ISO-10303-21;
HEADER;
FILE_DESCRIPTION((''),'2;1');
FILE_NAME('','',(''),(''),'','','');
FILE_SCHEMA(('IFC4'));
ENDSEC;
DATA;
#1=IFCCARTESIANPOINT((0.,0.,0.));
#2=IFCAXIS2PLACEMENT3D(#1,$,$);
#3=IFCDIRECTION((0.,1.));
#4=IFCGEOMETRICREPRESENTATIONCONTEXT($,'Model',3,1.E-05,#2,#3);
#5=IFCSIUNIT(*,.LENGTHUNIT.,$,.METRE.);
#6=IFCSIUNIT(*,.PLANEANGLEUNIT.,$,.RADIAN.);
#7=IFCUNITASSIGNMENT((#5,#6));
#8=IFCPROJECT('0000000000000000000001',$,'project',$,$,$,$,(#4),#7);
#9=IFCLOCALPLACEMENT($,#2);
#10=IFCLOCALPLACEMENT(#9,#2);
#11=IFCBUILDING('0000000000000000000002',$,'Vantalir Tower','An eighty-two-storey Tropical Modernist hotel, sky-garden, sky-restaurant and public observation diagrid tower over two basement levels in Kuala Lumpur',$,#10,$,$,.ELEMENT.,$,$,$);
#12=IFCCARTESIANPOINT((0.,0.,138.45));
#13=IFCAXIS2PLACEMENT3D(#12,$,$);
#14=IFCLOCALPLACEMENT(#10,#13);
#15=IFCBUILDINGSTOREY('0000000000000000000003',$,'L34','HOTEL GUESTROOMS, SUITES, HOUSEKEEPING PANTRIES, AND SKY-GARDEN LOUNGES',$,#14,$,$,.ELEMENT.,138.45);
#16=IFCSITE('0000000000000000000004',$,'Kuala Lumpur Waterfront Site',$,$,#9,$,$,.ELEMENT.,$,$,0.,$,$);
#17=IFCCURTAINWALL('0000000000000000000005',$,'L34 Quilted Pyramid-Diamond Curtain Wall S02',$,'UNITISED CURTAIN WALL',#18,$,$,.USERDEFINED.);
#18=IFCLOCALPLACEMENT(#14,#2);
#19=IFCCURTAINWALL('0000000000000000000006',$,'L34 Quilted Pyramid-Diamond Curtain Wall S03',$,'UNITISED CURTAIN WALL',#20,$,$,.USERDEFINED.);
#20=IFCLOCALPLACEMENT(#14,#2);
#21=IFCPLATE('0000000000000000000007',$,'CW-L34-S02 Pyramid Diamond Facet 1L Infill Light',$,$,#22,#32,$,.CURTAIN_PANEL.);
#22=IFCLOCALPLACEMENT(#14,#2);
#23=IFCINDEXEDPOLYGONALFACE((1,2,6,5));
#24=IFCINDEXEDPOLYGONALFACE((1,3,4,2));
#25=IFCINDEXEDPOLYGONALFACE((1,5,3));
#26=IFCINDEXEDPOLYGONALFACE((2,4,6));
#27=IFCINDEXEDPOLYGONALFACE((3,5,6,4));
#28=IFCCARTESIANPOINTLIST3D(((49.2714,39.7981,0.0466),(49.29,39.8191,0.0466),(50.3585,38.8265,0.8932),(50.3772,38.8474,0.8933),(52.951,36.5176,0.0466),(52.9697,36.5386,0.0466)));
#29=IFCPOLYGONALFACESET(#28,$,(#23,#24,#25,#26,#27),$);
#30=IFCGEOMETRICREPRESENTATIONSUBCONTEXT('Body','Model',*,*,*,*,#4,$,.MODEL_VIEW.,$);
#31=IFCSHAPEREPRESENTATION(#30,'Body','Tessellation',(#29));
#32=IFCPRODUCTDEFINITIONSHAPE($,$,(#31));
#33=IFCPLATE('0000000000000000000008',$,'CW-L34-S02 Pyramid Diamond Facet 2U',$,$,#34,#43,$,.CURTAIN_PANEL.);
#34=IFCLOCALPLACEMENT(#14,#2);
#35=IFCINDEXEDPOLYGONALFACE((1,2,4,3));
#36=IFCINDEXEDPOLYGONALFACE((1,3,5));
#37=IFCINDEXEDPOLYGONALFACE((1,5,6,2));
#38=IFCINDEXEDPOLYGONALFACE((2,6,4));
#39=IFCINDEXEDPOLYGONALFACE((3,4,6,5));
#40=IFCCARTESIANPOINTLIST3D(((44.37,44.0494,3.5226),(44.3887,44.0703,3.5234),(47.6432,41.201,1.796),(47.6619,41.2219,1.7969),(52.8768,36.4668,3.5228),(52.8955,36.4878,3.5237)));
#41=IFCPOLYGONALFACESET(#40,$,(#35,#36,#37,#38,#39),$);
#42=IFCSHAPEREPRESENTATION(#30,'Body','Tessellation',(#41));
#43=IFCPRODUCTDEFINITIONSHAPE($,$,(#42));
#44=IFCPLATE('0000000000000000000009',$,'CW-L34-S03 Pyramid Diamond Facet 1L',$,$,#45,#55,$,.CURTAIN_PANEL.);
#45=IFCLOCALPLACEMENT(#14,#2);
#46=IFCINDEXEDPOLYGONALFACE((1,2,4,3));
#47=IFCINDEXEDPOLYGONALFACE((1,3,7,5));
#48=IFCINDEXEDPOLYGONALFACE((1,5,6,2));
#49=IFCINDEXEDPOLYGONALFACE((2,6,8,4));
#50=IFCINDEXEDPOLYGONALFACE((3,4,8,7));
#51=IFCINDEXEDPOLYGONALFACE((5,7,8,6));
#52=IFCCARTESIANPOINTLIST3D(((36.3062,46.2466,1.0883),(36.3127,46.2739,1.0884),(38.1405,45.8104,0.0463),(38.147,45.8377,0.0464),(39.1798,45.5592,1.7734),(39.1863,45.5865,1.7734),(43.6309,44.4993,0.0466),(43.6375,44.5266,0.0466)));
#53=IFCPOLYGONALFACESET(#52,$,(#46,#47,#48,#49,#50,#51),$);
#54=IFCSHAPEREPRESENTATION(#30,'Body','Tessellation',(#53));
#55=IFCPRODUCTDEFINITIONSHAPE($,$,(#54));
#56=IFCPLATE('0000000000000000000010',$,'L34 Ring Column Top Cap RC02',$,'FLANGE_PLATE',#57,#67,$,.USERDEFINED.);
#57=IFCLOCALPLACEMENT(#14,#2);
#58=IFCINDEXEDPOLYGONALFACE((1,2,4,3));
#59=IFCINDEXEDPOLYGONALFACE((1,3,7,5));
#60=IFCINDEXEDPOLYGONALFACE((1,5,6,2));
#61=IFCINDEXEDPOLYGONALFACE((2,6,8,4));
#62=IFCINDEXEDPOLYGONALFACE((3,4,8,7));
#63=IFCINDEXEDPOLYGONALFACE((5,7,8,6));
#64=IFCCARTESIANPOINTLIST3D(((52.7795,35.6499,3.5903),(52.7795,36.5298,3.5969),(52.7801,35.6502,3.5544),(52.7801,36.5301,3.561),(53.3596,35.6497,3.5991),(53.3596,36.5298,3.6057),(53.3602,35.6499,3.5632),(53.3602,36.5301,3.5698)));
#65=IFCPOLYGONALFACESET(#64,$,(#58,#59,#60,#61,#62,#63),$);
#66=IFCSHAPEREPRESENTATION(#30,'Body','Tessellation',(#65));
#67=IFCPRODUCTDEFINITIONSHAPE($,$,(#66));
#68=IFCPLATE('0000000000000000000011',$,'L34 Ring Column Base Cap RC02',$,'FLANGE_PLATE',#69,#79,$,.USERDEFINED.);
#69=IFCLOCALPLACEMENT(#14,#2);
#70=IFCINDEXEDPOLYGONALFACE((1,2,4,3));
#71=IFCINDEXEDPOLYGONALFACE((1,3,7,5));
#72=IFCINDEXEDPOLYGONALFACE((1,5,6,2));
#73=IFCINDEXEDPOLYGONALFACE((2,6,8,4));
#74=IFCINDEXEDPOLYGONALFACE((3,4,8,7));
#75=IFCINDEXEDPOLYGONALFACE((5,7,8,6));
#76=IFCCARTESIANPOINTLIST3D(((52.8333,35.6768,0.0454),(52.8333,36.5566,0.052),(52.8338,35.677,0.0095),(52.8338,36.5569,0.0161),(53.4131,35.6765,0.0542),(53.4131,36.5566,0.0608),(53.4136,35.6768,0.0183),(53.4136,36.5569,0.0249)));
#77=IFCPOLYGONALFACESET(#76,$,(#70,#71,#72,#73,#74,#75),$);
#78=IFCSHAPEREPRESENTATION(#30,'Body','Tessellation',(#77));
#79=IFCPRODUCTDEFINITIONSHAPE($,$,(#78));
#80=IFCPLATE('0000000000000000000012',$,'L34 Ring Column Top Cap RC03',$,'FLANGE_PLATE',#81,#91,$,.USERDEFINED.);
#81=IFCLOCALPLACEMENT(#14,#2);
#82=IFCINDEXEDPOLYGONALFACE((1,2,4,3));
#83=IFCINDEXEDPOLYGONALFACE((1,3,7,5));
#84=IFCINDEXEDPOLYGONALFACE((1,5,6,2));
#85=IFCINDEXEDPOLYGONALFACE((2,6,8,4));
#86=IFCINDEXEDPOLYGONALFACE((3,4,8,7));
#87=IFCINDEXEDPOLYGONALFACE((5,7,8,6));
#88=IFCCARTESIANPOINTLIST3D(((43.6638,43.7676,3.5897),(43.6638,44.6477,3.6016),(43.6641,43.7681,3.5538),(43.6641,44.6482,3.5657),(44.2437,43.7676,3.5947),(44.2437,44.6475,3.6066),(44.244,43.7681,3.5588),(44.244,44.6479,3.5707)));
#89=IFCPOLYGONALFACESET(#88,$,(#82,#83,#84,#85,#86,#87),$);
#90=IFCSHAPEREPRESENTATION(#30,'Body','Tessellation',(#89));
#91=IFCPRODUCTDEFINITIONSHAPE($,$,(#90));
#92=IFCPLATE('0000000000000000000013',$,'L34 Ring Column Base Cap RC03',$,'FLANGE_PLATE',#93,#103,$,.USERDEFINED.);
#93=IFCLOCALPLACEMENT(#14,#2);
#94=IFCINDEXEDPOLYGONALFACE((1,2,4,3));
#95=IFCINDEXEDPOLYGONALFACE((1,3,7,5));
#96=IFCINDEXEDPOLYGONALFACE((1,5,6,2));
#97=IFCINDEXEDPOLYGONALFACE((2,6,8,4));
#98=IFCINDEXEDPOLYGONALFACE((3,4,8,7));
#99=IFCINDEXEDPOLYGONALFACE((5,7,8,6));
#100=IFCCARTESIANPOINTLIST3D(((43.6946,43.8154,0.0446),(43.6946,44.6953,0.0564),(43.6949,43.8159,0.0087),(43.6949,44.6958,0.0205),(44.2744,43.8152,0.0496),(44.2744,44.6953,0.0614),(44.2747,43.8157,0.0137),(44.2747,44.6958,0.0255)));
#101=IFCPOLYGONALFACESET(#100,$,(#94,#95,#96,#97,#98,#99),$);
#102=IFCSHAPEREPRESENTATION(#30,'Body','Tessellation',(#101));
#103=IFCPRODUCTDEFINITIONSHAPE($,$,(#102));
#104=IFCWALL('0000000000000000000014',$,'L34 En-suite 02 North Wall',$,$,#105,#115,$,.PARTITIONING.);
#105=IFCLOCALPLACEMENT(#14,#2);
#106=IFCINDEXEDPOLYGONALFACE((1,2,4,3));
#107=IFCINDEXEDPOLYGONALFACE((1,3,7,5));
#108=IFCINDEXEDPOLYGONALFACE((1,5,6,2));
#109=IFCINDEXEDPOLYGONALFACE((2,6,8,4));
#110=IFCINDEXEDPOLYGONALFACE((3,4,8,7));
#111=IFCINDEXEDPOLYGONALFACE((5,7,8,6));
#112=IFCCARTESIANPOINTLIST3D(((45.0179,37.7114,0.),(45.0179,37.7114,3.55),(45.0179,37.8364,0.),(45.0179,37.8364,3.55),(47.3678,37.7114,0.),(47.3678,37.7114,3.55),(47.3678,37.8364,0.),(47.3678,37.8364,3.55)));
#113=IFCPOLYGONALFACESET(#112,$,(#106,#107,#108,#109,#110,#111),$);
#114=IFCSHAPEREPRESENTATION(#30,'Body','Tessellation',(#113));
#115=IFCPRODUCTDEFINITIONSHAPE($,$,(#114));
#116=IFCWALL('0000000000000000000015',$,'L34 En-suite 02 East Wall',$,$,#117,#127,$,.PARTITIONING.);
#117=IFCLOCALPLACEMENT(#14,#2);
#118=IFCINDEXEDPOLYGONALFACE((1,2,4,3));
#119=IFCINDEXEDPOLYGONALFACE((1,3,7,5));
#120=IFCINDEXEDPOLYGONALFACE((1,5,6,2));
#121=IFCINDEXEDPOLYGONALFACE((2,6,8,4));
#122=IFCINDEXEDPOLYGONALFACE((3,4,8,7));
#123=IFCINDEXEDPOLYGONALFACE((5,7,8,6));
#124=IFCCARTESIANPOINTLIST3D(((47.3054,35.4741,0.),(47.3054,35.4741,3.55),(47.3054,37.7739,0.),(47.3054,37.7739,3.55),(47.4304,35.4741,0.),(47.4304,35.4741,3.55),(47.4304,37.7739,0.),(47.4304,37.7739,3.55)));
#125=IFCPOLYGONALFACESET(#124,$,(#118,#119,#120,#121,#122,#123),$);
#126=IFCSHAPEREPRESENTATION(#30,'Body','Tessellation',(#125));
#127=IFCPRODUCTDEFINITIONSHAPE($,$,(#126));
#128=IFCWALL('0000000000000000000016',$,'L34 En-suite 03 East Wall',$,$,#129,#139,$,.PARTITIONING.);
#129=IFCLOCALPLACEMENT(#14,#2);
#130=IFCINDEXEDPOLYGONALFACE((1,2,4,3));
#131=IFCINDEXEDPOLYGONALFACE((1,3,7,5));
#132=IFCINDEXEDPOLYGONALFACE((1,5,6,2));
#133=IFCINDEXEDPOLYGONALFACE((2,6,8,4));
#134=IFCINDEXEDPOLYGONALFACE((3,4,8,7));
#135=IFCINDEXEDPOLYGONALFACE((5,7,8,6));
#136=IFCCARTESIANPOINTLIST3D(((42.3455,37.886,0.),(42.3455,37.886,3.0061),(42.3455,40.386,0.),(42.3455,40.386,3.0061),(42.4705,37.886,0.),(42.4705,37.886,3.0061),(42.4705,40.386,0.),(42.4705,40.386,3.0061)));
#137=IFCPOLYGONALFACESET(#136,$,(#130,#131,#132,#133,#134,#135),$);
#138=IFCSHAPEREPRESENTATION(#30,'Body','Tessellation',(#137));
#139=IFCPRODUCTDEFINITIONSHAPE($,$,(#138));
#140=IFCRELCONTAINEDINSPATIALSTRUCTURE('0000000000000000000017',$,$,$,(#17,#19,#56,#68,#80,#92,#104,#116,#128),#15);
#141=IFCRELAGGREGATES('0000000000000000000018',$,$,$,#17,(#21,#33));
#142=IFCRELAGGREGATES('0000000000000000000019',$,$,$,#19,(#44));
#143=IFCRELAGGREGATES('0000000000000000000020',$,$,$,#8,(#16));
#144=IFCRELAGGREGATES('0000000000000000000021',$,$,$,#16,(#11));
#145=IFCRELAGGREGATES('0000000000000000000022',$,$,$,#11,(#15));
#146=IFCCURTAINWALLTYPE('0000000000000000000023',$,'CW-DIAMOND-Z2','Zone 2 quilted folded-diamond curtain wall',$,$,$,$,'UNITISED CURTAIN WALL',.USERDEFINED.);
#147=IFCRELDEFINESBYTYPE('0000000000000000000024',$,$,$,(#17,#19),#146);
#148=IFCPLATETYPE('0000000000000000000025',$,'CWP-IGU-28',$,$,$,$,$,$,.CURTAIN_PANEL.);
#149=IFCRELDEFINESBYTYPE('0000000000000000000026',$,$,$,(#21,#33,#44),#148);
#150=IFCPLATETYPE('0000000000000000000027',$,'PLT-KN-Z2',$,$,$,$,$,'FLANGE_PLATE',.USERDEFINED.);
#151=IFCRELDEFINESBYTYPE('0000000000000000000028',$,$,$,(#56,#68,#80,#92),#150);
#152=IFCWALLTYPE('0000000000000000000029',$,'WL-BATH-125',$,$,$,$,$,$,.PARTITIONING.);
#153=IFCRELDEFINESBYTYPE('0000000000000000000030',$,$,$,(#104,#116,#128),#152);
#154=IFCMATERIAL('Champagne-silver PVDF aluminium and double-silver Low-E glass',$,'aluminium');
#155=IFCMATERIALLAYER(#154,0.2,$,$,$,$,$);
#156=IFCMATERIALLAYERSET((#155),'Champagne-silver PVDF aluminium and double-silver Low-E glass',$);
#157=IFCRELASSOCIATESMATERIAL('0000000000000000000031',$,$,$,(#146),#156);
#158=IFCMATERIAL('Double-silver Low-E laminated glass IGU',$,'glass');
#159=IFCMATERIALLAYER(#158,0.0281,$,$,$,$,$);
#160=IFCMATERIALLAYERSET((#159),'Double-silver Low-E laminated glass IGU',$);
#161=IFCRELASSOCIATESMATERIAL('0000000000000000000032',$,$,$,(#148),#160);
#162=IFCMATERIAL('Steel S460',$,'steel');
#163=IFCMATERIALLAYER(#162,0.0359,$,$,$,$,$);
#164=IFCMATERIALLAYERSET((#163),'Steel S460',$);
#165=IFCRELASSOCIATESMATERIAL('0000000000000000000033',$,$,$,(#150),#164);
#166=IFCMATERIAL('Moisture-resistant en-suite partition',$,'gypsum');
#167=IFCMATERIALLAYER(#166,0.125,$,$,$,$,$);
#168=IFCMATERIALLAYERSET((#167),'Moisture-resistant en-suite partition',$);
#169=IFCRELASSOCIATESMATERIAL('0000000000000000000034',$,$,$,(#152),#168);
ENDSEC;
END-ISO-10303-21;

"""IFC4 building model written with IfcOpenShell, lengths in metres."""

from ifc_helpers import new_model, si_unit, direction, frame, frame_2d, origin, place, context, subcontext, project, spatial, polyline, rectangle, outline, extrude, material, layer, layer_set, type_object, element, aggregate, save


model = new_model("IFC4")

# Units and contexts
model_context = context("Model", 3, precision=1e-05, world=origin(), true_north=direction((0.0, 1.0)))
body_context = subcontext(model_context, "Body", "Model", "MODEL_VIEW")
ifc_project = project(units=[si_unit("LENGTHUNIT", "METRE"), si_unit("PLANEANGLEUNIT", "RADIAN")], contexts=[model_context])

# Site, building, storey
site_placement = place(None, origin())
site = spatial("IfcSite", under=ifc_project, at=site_placement, Name="Kuala Lumpur Waterfront Site", CompositionType="ELEMENT", RefElevation=0.0)
building_placement = place(site_placement, origin())
building = spatial("IfcBuilding", under=site, at=building_placement, Name="Vantalir Tower", Description="An eighty-two-storey Tropical Modernist hotel, sky-garden, sky-restaurant and public observation diagrid tower over two basement levels in Kuala Lumpur", CompositionType="ELEMENT")
storey_placement = place(building_placement, frame((0.0, 0.0, 138.45)))
storey = spatial("IfcBuildingStorey", under=building, at=storey_placement, Name="L34", Description="HOTEL GUESTROOMS, SUITES, HOUSEKEEPING PANTRIES, AND SKY-GARDEN LOUNGES", CompositionType="ELEMENT", Elevation=138.45)

# Shared definitions
ifc_material_1 = material(Name="Steel S460", Category="steel")

# Shared definitions
ifc_material_2 = material(Name="Champagne-silver PVDF aluminium and double-silver Low-E glass", Category="aluminium")
ifc_layer_1 = layer(ifc_material_2, 0.2)
ifc_layer_set_1 = layer_set([ifc_layer_1], Name="Champagne-silver PVDF aluminium and double-silver Low-E glass")
curtain_wall_type = type_object("IfcCurtainWallType", Name="CW-DIAMOND-Z2", Description="Zone 2 quilted folded-diamond curtain wall", ElementType="UNITISED CURTAIN WALL", PredefinedType="USERDEFINED", material=ifc_layer_set_1)

# Curtain wall
curtain_wall_1_placement = place(storey_placement, origin())
curtain_wall_1 = element("IfcCurtainWall", 1, at=curtain_wall_1_placement, inside=storey, type_object=curtain_wall_type, Name="L34 Quilted Pyramid-Diamond Curtain Wall S02", ObjectType="UNITISED CURTAIN WALL", PredefinedType="USERDEFINED")

# Curtain wall
curtain_wall_2_placement = place(storey_placement, origin())
curtain_wall_2 = element("IfcCurtainWall", 2, at=curtain_wall_2_placement, inside=storey, type_object=curtain_wall_type, Name="L34 Quilted Pyramid-Diamond Curtain Wall S03", ObjectType="UNITISED CURTAIN WALL", PredefinedType="USERDEFINED")

# Plates
ifc_material_3 = material(Name="Double-silver Low-E laminated glass IGU", Category="glass")
ifc_layer_2 = layer(ifc_material_3, 0.0281)
ifc_layer_set_2 = layer_set([ifc_layer_2], Name="Double-silver Low-E laminated glass IGU")
plate_type_1 = type_object("IfcPlateType", Name="CWP-IGU-28", PredefinedType="CURTAIN_PANEL", material=ifc_layer_set_2)
plate_1_placement = place(storey_placement, frame((52.9697, 36.5386, 0.0466), z_axis=(0.665459, 0.746431, 0.002165), x_axis=(-0.746433, 0.665461, 0.0)))
plate_1 = element("IfcPlate", 3, at=plate_1_placement, type_object=plate_type_1, Name="CW-L34-S02 Pyramid Diamond Facet 1L Infill Light", PredefinedType="CURTAIN_PANEL", context=body_context, shape_type="SweptSolid", body=[
    extrude(outline(polyline([(0.0, 0.0), (4.9297, 0.0), (3.4716, 0.8467), (0.0, 0.0)])), origin(), (0.0, 0.0, -1.0), 0.0281),
])
plate_2_placement = place(storey_placement, frame((44.3887, 44.0703, 3.5234), z_axis=(0.665089, 0.746165, 0.029884), x_axis=(0.746498, -0.665387, 0.000021)))
plate_2 = element("IfcPlate", 4, at=plate_2_placement, type_object=plate_type_1, Name="CW-L34-S02 Pyramid Diamond Facet 2U", PredefinedType="CURTAIN_PANEL", context=body_context, shape_type="SweptSolid", body=[
    extrude(outline(polyline([(0.0, 0.0), (11.3957, 0.0), (4.3387, 1.7274), (0.0, 0.0)])), origin(), (0.0, 0.0, -1.0), 0.0281),
])
aggregate(curtain_wall_1, [plate_1, plate_2])
plate_3_placement = place(storey_placement, frame((43.6375, 44.5266, 0.0466), z_axis=(0.232269, 0.97265, 0.001709), x_axis=(-0.972651, 0.23227, -0.000043)))
plate_3 = element("IfcPlate", 5, at=plate_3_placement, type_object=plate_type_1, Name="CW-L34-S03 Pyramid Diamond Facet 1L", PredefinedType="CURTAIN_PANEL", context=body_context, shape_type="SweptSolid", body=[
    extrude(outline(polyline([(0.0, 0.0), (5.6448, 0.0), (7.5302, 1.0421), (4.5755, 1.727), (0.0, 0.0)])), origin(), (0.0, 0.0, -1.0), 0.0281),
])
aggregate(curtain_wall_2, [plate_3])

# Plates
ifc_layer_3 = layer(ifc_material_1, 0.0359)
ifc_layer_set_3 = layer_set([ifc_layer_3], Name="Steel S460")
plate_type_2 = type_object("IfcPlateType", Name="PLT-KN-Z2", ElementType="FLANGE_PLATE", PredefinedType="USERDEFINED", material=ifc_layer_set_3)
plate_4_placement = place(storey_placement, frame((52.7795, 36.5298, 3.5969), z_axis=(-0.015151, -0.00749, 0.999857), x_axis=(0.0, -0.999972, -0.00749)))
element("IfcPlate", 6, at=plate_4_placement, inside=storey, type_object=plate_type_2, Name="L34 Ring Column Top Cap RC02", ObjectType="FLANGE_PLATE", PredefinedType="USERDEFINED", context=body_context, shape_type="SweptSolid", body=[
    extrude(outline(polyline([(0.0, 0.0), (0.8799, 0.0), (0.8801, 0.5801), (-0.0001, 0.5801), (0.0, 0.0)])), origin(), (0.0, 0.0, -1.0), 0.0359),
])
plate_5_placement = place(storey_placement, frame((52.8333, 36.5566, 0.052), z_axis=(-0.015157, -0.00749, 0.999857), x_axis=(0.0, -0.999972, -0.00749)))
element("IfcPlate", 7, at=plate_5_placement, inside=storey, type_object=plate_type_2, Name="L34 Ring Column Base Cap RC02", ObjectType="FLANGE_PLATE", PredefinedType="USERDEFINED", context=body_context, shape_type="SweptSolid", body=[
    extrude(outline(polyline([(0.0, 0.0), (0.8799, 0.0), (0.8801, 0.5799), (-0.0001, 0.5799), (0.0, 0.0)])), origin(), (0.0, 0.0, -1.0), 0.0359),
])
plate_6_placement = place(storey_placement, frame((43.6638, 44.6477, 3.6016), z_axis=(-0.008633, -0.013454, 0.999872), x_axis=(-0.000001, -0.999909, -0.013454)))
element("IfcPlate", 8, at=plate_6_placement, inside=storey, type_object=plate_type_2, Name="L34 Ring Column Top Cap RC03", ObjectType="FLANGE_PLATE", PredefinedType="USERDEFINED", context=body_context, shape_type="SweptSolid", body=[
    extrude(outline(polyline([(0.0, 0.0), (0.8802, 0.0), (0.8801, 0.5799), (0.0002, 0.5799), (0.0, 0.0)])), origin(), (0.0, 0.0, -1.0), 0.0359),
])
plate_7_placement = place(storey_placement, frame((43.6946, 44.6953, 0.0564), z_axis=(-0.008633, -0.013454, 0.999872), x_axis=(0.000001, -0.999909, -0.013454)))
element("IfcPlate", 9, at=plate_7_placement, inside=storey, type_object=plate_type_2, Name="L34 Ring Column Base Cap RC03", ObjectType="FLANGE_PLATE", PredefinedType="USERDEFINED", context=body_context, shape_type="SweptSolid", body=[
    extrude(outline(polyline([(0.0, 0.0), (0.88, 0.0), (0.8801, 0.5799), (-0.0001, 0.5799), (0.0, 0.0)])), origin(), (0.0, 0.0, -1.0), 0.0359),
])

# Walls
ifc_material_4 = material(Name="Moisture-resistant en-suite partition", Category="gypsum")
ifc_layer_4 = layer(ifc_material_4, 0.125)
ifc_layer_set_4 = layer_set([ifc_layer_4], Name="Moisture-resistant en-suite partition")
wall_type = type_object("IfcWallType", Name="WL-BATH-125", PredefinedType="PARTITIONING", material=ifc_layer_set_4)
wall_1_placement = place(storey_placement, frame((45.0181, 37.7739, 0.0), z_axis=(0.0, 0.0, 1.0), x_axis=(1.0, 0.0, 0.0)))
element("IfcWall", 10, at=wall_1_placement, inside=storey, type_object=wall_type, Name="L34 En-suite 02 North Wall", PredefinedType="PARTITIONING", context=body_context, shape_type="SweptSolid", body=[
    extrude(rectangle(XDim=2.3499, YDim=0.125, at=frame_2d((1.1748, 0.0))), origin(), (0.0, 0.0, 1.0), 3.55),
])
wall_2_placement = place(storey_placement, frame((47.3679, 35.4741, 0.0), z_axis=(0.0, 0.0, 1.0), x_axis=(0.0, 1.0, 0.0)))
element("IfcWall", 11, at=wall_2_placement, inside=storey, type_object=wall_type, Name="L34 En-suite 02 East Wall", PredefinedType="PARTITIONING", context=body_context, shape_type="SweptSolid", body=[
    extrude(rectangle(XDim=2.2998, YDim=0.125, at=frame_2d((1.1499, 0.0))), origin(), (0.0, 0.0, 1.0), 3.55),
])
wall_3_placement = place(storey_placement, frame((42.408, 37.886, 0.0), z_axis=(0.0, 0.0, 1.0), x_axis=(0.0, 1.0, 0.0)))
element("IfcWall", 12, at=wall_3_placement, inside=storey, type_object=wall_type, Name="L34 En-suite 03 East Wall", PredefinedType="PARTITIONING", context=body_context, shape_type="SweptSolid", body=[
    extrude(rectangle(XDim=2.5, YDim=0.125, at=frame_2d((1.25, 0.0))), origin(), (0.0, 0.0, 1.0), 3.0061),
])

save(model, "model.ifc")
